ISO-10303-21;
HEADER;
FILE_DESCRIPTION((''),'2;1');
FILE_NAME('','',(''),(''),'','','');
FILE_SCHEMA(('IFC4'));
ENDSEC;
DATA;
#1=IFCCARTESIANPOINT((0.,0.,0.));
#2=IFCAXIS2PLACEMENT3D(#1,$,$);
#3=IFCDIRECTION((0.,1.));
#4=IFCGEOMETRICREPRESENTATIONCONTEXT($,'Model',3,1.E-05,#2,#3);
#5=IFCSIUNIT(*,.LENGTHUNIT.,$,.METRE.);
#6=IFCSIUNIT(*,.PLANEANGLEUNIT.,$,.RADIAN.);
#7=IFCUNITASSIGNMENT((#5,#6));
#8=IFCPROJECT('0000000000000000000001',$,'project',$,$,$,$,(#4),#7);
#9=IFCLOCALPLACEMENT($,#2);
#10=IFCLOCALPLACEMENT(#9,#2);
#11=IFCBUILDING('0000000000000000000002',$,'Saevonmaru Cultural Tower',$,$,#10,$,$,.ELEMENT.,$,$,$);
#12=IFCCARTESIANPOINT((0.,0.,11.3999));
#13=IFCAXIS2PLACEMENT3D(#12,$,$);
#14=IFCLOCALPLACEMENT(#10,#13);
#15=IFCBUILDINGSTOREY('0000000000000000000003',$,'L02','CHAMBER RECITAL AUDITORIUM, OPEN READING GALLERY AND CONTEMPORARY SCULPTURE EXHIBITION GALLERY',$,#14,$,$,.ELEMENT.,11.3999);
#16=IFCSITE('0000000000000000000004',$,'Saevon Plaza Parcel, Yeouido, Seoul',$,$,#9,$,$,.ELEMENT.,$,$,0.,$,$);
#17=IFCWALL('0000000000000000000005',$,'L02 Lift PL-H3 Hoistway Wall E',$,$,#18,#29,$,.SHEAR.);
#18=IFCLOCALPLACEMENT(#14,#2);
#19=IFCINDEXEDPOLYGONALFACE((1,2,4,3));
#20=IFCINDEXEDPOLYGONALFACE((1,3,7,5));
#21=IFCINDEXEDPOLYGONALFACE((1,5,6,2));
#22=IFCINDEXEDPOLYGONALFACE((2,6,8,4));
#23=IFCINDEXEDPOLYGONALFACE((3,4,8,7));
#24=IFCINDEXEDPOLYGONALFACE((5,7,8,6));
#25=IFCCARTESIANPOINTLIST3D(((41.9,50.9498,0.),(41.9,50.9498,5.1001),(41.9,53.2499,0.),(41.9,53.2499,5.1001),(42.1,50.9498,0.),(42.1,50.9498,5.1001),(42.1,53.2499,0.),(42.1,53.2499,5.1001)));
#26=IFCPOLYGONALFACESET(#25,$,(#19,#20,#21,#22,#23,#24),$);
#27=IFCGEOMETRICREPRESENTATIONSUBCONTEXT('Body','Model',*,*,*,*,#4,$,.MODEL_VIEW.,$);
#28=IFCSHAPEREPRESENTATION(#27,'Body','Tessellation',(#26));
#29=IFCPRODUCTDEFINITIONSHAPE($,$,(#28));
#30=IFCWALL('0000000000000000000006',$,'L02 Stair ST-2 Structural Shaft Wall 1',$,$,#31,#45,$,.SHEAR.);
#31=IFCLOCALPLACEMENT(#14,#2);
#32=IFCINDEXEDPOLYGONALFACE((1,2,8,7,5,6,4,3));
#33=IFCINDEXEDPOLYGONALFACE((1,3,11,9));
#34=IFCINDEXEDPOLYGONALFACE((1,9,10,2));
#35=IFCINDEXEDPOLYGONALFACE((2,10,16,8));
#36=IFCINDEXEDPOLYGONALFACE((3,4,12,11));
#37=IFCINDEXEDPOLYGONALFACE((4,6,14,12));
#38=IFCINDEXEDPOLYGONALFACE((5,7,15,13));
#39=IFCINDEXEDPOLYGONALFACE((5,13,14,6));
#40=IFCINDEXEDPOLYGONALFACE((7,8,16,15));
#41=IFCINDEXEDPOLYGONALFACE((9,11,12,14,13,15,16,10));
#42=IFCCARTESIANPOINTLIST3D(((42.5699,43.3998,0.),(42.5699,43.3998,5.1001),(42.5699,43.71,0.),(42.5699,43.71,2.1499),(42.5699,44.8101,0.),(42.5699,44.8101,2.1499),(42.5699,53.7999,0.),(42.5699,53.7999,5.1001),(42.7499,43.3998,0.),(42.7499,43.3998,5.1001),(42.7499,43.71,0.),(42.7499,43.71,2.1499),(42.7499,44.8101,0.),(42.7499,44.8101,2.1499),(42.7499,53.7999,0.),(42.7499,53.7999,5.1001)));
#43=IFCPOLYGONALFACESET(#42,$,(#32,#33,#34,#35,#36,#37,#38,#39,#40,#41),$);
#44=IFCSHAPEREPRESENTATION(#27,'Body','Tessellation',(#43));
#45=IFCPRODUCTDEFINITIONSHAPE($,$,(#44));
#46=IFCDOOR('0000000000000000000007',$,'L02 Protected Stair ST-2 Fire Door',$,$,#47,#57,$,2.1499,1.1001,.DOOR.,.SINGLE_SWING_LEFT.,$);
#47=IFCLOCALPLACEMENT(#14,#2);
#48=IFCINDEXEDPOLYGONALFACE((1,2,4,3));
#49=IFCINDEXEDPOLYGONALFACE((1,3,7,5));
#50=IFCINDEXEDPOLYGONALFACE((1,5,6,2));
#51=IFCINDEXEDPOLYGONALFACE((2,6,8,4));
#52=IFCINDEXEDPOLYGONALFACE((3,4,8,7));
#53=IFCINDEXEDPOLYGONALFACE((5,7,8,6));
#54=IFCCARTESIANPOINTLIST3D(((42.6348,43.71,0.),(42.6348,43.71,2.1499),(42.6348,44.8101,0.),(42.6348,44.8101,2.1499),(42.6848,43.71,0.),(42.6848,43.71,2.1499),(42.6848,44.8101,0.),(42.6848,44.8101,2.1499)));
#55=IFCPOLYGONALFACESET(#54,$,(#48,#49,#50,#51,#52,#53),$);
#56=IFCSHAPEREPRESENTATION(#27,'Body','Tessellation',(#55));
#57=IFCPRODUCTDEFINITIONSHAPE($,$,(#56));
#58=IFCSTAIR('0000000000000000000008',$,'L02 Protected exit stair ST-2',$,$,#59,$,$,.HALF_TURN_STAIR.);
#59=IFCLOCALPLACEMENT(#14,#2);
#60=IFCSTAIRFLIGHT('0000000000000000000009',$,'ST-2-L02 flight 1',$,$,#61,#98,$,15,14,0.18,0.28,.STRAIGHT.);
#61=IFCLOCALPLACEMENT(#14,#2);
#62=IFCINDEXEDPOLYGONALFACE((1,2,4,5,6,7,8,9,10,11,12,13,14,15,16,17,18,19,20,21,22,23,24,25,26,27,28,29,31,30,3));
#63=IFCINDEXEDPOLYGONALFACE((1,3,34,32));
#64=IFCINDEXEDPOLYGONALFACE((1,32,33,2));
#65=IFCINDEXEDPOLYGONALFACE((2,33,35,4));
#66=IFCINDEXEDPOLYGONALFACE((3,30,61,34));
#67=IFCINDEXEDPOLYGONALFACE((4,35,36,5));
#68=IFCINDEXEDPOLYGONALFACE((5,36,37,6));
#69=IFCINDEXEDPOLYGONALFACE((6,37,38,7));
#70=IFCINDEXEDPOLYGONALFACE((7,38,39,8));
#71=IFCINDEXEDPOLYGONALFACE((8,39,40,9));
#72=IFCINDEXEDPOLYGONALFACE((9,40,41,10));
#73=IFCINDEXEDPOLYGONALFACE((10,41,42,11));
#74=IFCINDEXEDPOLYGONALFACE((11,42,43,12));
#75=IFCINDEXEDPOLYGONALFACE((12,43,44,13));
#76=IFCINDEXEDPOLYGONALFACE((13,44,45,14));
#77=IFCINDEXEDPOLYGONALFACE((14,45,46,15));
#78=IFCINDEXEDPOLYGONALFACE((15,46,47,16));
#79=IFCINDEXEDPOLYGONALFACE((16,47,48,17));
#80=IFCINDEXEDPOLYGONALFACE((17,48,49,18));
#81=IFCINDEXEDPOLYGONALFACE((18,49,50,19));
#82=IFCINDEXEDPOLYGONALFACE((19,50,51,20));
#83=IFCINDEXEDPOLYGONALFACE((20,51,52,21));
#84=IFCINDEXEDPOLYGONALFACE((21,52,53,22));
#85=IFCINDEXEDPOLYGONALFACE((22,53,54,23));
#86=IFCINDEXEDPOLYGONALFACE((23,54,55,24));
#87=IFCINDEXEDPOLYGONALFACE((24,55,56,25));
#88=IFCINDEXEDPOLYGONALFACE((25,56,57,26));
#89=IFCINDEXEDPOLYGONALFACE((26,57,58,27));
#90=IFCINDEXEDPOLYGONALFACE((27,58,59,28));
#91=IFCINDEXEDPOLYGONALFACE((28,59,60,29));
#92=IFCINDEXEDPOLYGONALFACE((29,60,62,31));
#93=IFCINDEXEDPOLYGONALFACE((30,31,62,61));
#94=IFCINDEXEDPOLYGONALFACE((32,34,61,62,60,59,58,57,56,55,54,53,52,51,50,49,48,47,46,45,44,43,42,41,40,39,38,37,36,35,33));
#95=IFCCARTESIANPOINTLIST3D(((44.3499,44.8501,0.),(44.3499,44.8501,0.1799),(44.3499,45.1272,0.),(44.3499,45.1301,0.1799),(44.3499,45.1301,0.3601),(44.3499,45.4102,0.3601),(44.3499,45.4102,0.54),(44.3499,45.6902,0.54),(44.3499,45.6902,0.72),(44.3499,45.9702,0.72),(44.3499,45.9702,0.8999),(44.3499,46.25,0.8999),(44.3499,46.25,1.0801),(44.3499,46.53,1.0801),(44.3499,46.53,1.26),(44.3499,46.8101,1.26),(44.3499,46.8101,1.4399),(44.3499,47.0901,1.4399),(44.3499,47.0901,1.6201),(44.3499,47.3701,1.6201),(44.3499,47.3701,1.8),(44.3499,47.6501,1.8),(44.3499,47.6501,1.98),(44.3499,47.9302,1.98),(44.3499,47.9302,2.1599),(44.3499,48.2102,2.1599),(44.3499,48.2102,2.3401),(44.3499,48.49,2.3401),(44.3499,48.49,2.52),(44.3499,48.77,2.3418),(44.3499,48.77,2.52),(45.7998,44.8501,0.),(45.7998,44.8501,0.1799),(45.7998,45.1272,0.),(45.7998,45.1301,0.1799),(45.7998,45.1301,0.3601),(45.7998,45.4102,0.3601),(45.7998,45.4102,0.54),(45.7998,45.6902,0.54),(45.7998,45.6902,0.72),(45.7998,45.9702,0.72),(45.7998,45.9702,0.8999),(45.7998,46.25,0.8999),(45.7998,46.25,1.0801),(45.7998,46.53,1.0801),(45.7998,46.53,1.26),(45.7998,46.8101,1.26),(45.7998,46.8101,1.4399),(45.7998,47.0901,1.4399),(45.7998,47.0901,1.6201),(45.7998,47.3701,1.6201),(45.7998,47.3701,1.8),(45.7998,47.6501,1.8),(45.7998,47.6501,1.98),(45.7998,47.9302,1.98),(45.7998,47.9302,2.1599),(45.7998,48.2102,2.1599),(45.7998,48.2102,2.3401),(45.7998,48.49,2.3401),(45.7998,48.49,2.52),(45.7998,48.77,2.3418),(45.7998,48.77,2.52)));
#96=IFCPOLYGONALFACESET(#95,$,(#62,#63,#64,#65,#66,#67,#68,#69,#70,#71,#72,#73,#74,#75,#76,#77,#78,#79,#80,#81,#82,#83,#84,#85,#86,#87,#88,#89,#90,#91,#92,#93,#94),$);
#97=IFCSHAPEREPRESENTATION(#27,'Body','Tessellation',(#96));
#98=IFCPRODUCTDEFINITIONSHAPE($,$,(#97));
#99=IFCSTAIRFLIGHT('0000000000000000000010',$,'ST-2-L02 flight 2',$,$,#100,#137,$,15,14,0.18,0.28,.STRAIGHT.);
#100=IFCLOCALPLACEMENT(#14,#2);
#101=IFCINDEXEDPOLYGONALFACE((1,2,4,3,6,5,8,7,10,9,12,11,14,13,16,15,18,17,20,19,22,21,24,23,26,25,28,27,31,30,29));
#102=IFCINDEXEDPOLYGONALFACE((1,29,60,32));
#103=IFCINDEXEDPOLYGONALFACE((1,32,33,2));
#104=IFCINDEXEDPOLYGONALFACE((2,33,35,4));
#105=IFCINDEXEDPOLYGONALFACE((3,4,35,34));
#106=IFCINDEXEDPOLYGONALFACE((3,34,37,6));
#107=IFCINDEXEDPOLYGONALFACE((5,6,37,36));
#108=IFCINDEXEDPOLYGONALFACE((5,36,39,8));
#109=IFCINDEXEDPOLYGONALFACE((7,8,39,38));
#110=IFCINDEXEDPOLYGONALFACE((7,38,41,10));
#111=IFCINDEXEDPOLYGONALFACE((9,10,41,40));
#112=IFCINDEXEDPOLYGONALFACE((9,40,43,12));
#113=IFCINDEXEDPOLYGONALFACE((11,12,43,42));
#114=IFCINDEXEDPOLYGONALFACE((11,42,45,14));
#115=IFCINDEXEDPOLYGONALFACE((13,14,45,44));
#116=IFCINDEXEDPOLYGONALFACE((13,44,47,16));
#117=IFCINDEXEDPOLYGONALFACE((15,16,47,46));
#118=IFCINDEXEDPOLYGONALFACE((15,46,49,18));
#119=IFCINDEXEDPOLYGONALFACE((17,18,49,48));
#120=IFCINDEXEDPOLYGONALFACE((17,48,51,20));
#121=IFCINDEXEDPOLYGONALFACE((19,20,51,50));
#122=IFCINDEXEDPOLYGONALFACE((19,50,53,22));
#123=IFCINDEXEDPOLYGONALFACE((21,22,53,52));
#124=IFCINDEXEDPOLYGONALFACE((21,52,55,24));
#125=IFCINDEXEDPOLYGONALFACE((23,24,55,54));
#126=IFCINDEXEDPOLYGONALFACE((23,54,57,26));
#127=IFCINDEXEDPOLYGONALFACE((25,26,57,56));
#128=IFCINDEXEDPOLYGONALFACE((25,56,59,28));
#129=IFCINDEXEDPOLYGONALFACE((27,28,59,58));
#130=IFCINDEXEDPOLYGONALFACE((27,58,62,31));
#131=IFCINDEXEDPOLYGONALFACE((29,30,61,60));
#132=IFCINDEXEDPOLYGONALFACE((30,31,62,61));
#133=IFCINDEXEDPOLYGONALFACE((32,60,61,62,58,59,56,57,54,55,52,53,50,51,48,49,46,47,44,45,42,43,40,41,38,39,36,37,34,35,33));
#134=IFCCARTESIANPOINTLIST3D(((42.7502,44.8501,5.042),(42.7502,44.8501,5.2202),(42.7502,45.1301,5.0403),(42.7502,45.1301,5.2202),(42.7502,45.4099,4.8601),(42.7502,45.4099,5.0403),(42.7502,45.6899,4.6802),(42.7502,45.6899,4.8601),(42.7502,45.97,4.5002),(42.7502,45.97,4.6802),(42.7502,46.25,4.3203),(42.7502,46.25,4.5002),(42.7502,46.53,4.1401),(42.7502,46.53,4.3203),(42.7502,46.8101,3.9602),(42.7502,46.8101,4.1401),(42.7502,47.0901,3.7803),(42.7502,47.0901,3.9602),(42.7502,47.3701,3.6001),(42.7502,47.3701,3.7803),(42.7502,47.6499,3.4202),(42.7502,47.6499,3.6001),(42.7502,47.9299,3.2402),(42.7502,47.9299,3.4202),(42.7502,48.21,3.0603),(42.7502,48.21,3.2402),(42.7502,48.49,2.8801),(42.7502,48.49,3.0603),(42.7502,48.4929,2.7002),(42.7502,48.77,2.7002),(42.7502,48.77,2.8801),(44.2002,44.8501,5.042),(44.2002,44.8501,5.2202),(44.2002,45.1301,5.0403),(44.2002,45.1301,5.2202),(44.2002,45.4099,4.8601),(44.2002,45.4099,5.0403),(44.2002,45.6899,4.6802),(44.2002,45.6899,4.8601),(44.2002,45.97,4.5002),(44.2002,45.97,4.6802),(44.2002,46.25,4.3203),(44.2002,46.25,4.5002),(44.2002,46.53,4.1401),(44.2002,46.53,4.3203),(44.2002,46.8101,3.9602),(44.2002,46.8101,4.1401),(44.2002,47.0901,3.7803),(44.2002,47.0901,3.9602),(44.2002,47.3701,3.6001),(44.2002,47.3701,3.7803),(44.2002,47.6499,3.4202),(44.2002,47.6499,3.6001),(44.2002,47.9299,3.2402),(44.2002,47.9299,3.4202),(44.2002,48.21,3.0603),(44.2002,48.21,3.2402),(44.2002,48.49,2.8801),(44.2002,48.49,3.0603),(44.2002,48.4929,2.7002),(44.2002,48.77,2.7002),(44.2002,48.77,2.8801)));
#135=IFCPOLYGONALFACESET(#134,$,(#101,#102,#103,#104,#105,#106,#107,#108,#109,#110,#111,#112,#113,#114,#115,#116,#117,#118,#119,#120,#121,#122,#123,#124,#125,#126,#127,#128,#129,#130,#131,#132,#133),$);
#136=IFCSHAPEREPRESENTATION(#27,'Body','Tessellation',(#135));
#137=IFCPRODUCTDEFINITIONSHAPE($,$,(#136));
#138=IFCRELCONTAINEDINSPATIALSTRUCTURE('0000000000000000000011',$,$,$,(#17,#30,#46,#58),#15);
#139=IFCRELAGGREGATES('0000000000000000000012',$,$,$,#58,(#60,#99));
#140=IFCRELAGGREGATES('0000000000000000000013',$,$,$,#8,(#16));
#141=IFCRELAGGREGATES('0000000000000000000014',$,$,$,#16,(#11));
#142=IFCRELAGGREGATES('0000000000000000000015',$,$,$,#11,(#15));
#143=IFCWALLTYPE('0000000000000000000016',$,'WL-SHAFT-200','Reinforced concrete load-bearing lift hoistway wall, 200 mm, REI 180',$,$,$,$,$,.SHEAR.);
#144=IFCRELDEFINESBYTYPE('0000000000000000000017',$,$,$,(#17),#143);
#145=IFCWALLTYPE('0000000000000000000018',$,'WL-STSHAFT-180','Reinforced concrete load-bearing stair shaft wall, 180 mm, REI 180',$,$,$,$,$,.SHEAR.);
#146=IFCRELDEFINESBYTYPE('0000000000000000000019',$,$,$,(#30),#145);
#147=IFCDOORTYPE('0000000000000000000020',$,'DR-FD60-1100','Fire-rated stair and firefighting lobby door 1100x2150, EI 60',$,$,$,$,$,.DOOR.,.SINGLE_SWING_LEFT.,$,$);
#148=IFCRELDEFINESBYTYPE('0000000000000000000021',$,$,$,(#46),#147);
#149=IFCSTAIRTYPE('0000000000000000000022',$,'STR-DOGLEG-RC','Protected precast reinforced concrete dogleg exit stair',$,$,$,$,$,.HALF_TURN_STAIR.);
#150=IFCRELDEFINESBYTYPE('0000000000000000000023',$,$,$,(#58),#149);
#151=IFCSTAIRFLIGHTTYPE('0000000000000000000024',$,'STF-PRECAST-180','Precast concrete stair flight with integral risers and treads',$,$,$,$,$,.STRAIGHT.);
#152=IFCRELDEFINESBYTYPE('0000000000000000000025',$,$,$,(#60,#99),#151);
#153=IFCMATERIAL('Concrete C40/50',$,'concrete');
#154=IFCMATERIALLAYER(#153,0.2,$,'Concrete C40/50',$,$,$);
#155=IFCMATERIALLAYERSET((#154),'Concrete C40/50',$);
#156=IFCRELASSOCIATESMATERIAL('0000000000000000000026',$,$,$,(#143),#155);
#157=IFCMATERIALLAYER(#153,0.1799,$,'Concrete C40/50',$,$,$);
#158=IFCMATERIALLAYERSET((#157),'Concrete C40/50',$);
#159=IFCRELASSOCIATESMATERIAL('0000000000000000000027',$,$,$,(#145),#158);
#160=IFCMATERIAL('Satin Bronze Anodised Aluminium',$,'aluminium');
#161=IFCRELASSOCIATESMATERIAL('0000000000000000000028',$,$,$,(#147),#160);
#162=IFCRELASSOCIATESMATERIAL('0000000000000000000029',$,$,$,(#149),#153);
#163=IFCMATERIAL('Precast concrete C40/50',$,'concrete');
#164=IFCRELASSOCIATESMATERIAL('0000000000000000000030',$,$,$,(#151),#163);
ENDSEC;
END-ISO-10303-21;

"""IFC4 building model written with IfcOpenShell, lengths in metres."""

from ifc_helpers import new_model, si_unit, direction, frame, frame_2d, origin, place, context, subcontext, project, spatial, polyline, rectangle, outline, extrude, material, layer, layer_set, type_object, element, fill, aggregate, save


model = new_model("IFC4")

# Units and contexts
model_context = context("Model", 3, precision=1e-05, world=origin(), true_north=direction((0.0, 1.0)))
body_context = subcontext(model_context, "Body", "Model", "MODEL_VIEW")
ifc_project = project(units=[si_unit("LENGTHUNIT", "METRE"), si_unit("PLANEANGLEUNIT", "RADIAN")], contexts=[model_context])

# Site, building, storey
site_placement = place(None, origin())
site = spatial("IfcSite", under=ifc_project, at=site_placement, Name="Saevon Plaza Parcel, Yeouido, Seoul", CompositionType="ELEMENT", RefElevation=0.0)
building_placement = place(site_placement, origin())
building = spatial("IfcBuilding", under=site, at=building_placement, Name="Saevonmaru Cultural Tower", CompositionType="ELEMENT")
storey_placement = place(building_placement, frame((0.0, 0.0, 11.3999)))
storey = spatial("IfcBuildingStorey", under=building, at=storey_placement, Name="L02", Description="CHAMBER RECITAL AUDITORIUM, OPEN READING GALLERY AND CONTEMPORARY SCULPTURE EXHIBITION GALLERY", CompositionType="ELEMENT", Elevation=11.3999)

# Shared definitions
ifc_material_1 = material(Name="Satin Bronze Anodised Aluminium", Category="aluminium")

# Wall
ifc_material_2 = material(Name="Concrete C40/50", Category="concrete")
ifc_layer_1 = layer(ifc_material_2, 0.2, Name="Concrete C40/50")
ifc_layer_set_1 = layer_set([ifc_layer_1], Name="Concrete C40/50")
wall_type_1 = type_object("IfcWallType", Name="WL-SHAFT-200", Description="Reinforced concrete load-bearing lift hoistway wall, 200 mm, REI 180", PredefinedType="SHEAR", material=ifc_layer_set_1)
for number, where, z_axis, x_axis, name in (
    (1, (42.0, 50.95, 0.0), (0.0, 0.0, 1.0), (0.0, 1.0, 0.0), "L02 Lift PL-H3 Hoistway Wall E"),
):
    element("IfcWall", number, at=place(storey_placement, frame(where, z_axis=z_axis, x_axis=x_axis)), inside=storey, type_object=wall_type_1, Name=name, PredefinedType="SHEAR", context=body_context, shape_type="SweptSolid", body=[
        extrude(rectangle(XDim=2.3, YDim=0.2, at=frame_2d((1.1499, 0.0))), origin(), (0.0, 0.0, 1.0), 5.1001),
    ])

# Wall, opening, door
ifc_layer_2 = layer(ifc_material_2, 0.1799, Name="Concrete C40/50")
ifc_layer_set_2 = layer_set([ifc_layer_2], Name="Concrete C40/50")
wall_type_2 = type_object("IfcWallType", Name="WL-STSHAFT-180", Description="Reinforced concrete load-bearing stair shaft wall, 180 mm, REI 180", PredefinedType="SHEAR", material=ifc_layer_set_2)
wall_1_placement = place(storey_placement, frame((42.6599, 53.8, 0.0), z_axis=(0.0, 0.0, 1.0), x_axis=(0.0, -1.0, 0.0)))
wall_1 = element("IfcWall", 2, at=wall_1_placement, inside=storey, type_object=wall_type_2, Name="L02 Stair ST-2 Structural Shaft Wall 1", PredefinedType="SHEAR", context=body_context, shape_type="SweptSolid", body=[
    extrude(rectangle(XDim=10.4001, YDim=0.1799, at=frame_2d((5.2002, 0.0))), origin(), (0.0, 0.0, 1.0), 5.1001),
])
opening_1_placement = place(wall_1_placement, frame((8.99, 0.0, 0.0)))
opening_1 = element("IfcOpeningElement", 3, at=opening_1_placement, cuts=wall_1, PredefinedType="OPENING", context=body_context, shape_type="SweptSolid", body=[
    extrude(rectangle(XDim=1.1001, YDim=2.1499, at=frame_2d((0.55, 1.075))), frame((0.0, 0.1001, 0.0), z_axis=(0.0, -1.0, 0.0), x_axis=(1.0, 0.0, 0.0)), (0.0, 0.0, 1.0), 0.2),
])
door_type_1 = type_object("IfcDoorType", Name="DR-FD60-1100", Description="Fire-rated stair and firefighting lobby door 1100x2150, EI 60", OperationType="SINGLE_SWING_LEFT", PredefinedType="DOOR", material=ifc_material_1)
door_1_placement = place(opening_1_placement, origin())
door_1 = element("IfcDoor", 4, at=door_1_placement, inside=storey, type_object=door_type_1, Name="L02 Protected Stair ST-2 Fire Door", OperationType="SINGLE_SWING_LEFT", OverallHeight=2.1499, OverallWidth=1.1001, PredefinedType="DOOR", context=body_context, shape_type="SweptSolid", body=[
    extrude(rectangle(XDim=1.1001, YDim=2.1499, at=frame_2d((0.55, 1.075))), frame((0.0, 0.0249, 0.0), z_axis=(0.0, -1.0, 0.0), x_axis=(1.0, 0.0, 0.0)), (0.0, 0.0, 1.0), 0.05),
])
fill(opening_1, door_1)

# Stair, stair flights
stair_type = type_object("IfcStairType", Name="STR-DOGLEG-RC", Description="Protected precast reinforced concrete dogleg exit stair", PredefinedType="HALF_TURN_STAIR", material=ifc_material_2)
stair_placement = place(storey_placement, origin())
stair = element("IfcStair", 5, at=stair_placement, inside=storey, type_object=stair_type, Name="L02 Protected exit stair ST-2", PredefinedType="HALF_TURN_STAIR")
ifc_material_3 = material(Name="Precast concrete C40/50", Category="concrete")
stair_flight_type = type_object("IfcStairFlightType", Name="STF-PRECAST-180", Description="Precast concrete stair flight with integral risers and treads", PredefinedType="STRAIGHT", material=ifc_material_3)
stair_flight_1_placement = place(storey_placement, frame((45.075, 44.8501, 0.0), z_axis=(0.0, 0.0, 1.0), x_axis=(0.0, 1.0, 0.0)))
stair_flight_1 = element("IfcStairFlight", 6, at=stair_flight_1_placement, type_object=stair_flight_type, Name="ST-2-L02 flight 1", NumberOfRisers=15, NumberOfTreads=14, PredefinedType="STRAIGHT", RiserHeight=0.18, TreadLength=0.28, context=body_context, shape_type="SweptSolid", body=[
    extrude(outline(polyline([(0.0, 0.0), (0.0, 0.1799), (0.28, 0.1799), (0.28, 0.3601), (0.5601, 0.3601), (0.5601, 0.54), (0.8401, 0.54), (0.8401, 0.72), (1.1201, 0.72), (1.1201, 0.8999), (1.3999, 0.8999), (1.3999, 1.0801), (1.6799, 1.0801), (1.6799, 1.26), (1.96, 1.26), (1.96, 1.4399), (2.24, 1.4399), (2.24, 1.6201), (2.52, 1.6201), (2.52, 1.8), (2.8, 1.8), (2.8, 1.98), (3.0801, 1.98), (3.0801, 2.1599), (3.3601, 2.1599), (3.3601, 2.3401), (3.6399, 2.3401), (3.6399, 2.52), (3.9199, 2.52), (3.9199, 2.7), (3.9199, 2.3418), (0.2771, 0.0), (0.0, 0.0)])), frame((0.0, 0.7251, 0.0), z_axis=(0.0, -1.0, 0.0), x_axis=(1.0, 0.0, 0.0)), (0.0, 0.0, 1.0), 1.45),
])
stair_flight_2_placement = place(storey_placement, frame((43.4751, 48.77, 2.7002), z_axis=(0.0, 0.0, 1.0), x_axis=(0.0, -1.0, 0.0)))
stair_flight_2 = element("IfcStairFlight", 7, at=stair_flight_2_placement, type_object=stair_flight_type, Name="ST-2-L02 flight 2", NumberOfRisers=15, NumberOfTreads=14, PredefinedType="STRAIGHT", RiserHeight=0.18, TreadLength=0.28, context=body_context, shape_type="SweptSolid", body=[
    extrude(outline(polyline([(0.0, 0.0), (0.0, 0.1799), (0.28, 0.1799), (0.28, 0.3601), (0.5601, 0.3601), (0.5601, 0.54), (0.8401, 0.54), (0.8401, 0.72), (1.1201, 0.72), (1.1201, 0.8999), (1.3999, 0.8999), (1.3999, 1.0801), (1.6799, 1.0801), (1.6799, 1.26), (1.96, 1.26), (1.96, 1.4399), (2.24, 1.4399), (2.24, 1.6201), (2.52, 1.6201), (2.52, 1.8), (2.8, 1.8), (2.8, 1.98), (3.0801, 1.98), (3.0801, 2.1599), (3.3601, 2.1599), (3.3601, 2.3401), (3.6399, 2.3401), (3.6399, 2.52), (3.9199, 2.52), (3.9199, 2.7), (3.9199, 2.3418), (0.2771, 0.0), (0.0, 0.0)])), frame((0.0, 0.7251, 0.0), z_axis=(0.0, -1.0, 0.0), x_axis=(1.0, 0.0, 0.0)), (0.0, 0.0, 1.0), 1.45),
])
aggregate(stair, [stair_flight_1, stair_flight_2])

save(model, "model.ifc")
